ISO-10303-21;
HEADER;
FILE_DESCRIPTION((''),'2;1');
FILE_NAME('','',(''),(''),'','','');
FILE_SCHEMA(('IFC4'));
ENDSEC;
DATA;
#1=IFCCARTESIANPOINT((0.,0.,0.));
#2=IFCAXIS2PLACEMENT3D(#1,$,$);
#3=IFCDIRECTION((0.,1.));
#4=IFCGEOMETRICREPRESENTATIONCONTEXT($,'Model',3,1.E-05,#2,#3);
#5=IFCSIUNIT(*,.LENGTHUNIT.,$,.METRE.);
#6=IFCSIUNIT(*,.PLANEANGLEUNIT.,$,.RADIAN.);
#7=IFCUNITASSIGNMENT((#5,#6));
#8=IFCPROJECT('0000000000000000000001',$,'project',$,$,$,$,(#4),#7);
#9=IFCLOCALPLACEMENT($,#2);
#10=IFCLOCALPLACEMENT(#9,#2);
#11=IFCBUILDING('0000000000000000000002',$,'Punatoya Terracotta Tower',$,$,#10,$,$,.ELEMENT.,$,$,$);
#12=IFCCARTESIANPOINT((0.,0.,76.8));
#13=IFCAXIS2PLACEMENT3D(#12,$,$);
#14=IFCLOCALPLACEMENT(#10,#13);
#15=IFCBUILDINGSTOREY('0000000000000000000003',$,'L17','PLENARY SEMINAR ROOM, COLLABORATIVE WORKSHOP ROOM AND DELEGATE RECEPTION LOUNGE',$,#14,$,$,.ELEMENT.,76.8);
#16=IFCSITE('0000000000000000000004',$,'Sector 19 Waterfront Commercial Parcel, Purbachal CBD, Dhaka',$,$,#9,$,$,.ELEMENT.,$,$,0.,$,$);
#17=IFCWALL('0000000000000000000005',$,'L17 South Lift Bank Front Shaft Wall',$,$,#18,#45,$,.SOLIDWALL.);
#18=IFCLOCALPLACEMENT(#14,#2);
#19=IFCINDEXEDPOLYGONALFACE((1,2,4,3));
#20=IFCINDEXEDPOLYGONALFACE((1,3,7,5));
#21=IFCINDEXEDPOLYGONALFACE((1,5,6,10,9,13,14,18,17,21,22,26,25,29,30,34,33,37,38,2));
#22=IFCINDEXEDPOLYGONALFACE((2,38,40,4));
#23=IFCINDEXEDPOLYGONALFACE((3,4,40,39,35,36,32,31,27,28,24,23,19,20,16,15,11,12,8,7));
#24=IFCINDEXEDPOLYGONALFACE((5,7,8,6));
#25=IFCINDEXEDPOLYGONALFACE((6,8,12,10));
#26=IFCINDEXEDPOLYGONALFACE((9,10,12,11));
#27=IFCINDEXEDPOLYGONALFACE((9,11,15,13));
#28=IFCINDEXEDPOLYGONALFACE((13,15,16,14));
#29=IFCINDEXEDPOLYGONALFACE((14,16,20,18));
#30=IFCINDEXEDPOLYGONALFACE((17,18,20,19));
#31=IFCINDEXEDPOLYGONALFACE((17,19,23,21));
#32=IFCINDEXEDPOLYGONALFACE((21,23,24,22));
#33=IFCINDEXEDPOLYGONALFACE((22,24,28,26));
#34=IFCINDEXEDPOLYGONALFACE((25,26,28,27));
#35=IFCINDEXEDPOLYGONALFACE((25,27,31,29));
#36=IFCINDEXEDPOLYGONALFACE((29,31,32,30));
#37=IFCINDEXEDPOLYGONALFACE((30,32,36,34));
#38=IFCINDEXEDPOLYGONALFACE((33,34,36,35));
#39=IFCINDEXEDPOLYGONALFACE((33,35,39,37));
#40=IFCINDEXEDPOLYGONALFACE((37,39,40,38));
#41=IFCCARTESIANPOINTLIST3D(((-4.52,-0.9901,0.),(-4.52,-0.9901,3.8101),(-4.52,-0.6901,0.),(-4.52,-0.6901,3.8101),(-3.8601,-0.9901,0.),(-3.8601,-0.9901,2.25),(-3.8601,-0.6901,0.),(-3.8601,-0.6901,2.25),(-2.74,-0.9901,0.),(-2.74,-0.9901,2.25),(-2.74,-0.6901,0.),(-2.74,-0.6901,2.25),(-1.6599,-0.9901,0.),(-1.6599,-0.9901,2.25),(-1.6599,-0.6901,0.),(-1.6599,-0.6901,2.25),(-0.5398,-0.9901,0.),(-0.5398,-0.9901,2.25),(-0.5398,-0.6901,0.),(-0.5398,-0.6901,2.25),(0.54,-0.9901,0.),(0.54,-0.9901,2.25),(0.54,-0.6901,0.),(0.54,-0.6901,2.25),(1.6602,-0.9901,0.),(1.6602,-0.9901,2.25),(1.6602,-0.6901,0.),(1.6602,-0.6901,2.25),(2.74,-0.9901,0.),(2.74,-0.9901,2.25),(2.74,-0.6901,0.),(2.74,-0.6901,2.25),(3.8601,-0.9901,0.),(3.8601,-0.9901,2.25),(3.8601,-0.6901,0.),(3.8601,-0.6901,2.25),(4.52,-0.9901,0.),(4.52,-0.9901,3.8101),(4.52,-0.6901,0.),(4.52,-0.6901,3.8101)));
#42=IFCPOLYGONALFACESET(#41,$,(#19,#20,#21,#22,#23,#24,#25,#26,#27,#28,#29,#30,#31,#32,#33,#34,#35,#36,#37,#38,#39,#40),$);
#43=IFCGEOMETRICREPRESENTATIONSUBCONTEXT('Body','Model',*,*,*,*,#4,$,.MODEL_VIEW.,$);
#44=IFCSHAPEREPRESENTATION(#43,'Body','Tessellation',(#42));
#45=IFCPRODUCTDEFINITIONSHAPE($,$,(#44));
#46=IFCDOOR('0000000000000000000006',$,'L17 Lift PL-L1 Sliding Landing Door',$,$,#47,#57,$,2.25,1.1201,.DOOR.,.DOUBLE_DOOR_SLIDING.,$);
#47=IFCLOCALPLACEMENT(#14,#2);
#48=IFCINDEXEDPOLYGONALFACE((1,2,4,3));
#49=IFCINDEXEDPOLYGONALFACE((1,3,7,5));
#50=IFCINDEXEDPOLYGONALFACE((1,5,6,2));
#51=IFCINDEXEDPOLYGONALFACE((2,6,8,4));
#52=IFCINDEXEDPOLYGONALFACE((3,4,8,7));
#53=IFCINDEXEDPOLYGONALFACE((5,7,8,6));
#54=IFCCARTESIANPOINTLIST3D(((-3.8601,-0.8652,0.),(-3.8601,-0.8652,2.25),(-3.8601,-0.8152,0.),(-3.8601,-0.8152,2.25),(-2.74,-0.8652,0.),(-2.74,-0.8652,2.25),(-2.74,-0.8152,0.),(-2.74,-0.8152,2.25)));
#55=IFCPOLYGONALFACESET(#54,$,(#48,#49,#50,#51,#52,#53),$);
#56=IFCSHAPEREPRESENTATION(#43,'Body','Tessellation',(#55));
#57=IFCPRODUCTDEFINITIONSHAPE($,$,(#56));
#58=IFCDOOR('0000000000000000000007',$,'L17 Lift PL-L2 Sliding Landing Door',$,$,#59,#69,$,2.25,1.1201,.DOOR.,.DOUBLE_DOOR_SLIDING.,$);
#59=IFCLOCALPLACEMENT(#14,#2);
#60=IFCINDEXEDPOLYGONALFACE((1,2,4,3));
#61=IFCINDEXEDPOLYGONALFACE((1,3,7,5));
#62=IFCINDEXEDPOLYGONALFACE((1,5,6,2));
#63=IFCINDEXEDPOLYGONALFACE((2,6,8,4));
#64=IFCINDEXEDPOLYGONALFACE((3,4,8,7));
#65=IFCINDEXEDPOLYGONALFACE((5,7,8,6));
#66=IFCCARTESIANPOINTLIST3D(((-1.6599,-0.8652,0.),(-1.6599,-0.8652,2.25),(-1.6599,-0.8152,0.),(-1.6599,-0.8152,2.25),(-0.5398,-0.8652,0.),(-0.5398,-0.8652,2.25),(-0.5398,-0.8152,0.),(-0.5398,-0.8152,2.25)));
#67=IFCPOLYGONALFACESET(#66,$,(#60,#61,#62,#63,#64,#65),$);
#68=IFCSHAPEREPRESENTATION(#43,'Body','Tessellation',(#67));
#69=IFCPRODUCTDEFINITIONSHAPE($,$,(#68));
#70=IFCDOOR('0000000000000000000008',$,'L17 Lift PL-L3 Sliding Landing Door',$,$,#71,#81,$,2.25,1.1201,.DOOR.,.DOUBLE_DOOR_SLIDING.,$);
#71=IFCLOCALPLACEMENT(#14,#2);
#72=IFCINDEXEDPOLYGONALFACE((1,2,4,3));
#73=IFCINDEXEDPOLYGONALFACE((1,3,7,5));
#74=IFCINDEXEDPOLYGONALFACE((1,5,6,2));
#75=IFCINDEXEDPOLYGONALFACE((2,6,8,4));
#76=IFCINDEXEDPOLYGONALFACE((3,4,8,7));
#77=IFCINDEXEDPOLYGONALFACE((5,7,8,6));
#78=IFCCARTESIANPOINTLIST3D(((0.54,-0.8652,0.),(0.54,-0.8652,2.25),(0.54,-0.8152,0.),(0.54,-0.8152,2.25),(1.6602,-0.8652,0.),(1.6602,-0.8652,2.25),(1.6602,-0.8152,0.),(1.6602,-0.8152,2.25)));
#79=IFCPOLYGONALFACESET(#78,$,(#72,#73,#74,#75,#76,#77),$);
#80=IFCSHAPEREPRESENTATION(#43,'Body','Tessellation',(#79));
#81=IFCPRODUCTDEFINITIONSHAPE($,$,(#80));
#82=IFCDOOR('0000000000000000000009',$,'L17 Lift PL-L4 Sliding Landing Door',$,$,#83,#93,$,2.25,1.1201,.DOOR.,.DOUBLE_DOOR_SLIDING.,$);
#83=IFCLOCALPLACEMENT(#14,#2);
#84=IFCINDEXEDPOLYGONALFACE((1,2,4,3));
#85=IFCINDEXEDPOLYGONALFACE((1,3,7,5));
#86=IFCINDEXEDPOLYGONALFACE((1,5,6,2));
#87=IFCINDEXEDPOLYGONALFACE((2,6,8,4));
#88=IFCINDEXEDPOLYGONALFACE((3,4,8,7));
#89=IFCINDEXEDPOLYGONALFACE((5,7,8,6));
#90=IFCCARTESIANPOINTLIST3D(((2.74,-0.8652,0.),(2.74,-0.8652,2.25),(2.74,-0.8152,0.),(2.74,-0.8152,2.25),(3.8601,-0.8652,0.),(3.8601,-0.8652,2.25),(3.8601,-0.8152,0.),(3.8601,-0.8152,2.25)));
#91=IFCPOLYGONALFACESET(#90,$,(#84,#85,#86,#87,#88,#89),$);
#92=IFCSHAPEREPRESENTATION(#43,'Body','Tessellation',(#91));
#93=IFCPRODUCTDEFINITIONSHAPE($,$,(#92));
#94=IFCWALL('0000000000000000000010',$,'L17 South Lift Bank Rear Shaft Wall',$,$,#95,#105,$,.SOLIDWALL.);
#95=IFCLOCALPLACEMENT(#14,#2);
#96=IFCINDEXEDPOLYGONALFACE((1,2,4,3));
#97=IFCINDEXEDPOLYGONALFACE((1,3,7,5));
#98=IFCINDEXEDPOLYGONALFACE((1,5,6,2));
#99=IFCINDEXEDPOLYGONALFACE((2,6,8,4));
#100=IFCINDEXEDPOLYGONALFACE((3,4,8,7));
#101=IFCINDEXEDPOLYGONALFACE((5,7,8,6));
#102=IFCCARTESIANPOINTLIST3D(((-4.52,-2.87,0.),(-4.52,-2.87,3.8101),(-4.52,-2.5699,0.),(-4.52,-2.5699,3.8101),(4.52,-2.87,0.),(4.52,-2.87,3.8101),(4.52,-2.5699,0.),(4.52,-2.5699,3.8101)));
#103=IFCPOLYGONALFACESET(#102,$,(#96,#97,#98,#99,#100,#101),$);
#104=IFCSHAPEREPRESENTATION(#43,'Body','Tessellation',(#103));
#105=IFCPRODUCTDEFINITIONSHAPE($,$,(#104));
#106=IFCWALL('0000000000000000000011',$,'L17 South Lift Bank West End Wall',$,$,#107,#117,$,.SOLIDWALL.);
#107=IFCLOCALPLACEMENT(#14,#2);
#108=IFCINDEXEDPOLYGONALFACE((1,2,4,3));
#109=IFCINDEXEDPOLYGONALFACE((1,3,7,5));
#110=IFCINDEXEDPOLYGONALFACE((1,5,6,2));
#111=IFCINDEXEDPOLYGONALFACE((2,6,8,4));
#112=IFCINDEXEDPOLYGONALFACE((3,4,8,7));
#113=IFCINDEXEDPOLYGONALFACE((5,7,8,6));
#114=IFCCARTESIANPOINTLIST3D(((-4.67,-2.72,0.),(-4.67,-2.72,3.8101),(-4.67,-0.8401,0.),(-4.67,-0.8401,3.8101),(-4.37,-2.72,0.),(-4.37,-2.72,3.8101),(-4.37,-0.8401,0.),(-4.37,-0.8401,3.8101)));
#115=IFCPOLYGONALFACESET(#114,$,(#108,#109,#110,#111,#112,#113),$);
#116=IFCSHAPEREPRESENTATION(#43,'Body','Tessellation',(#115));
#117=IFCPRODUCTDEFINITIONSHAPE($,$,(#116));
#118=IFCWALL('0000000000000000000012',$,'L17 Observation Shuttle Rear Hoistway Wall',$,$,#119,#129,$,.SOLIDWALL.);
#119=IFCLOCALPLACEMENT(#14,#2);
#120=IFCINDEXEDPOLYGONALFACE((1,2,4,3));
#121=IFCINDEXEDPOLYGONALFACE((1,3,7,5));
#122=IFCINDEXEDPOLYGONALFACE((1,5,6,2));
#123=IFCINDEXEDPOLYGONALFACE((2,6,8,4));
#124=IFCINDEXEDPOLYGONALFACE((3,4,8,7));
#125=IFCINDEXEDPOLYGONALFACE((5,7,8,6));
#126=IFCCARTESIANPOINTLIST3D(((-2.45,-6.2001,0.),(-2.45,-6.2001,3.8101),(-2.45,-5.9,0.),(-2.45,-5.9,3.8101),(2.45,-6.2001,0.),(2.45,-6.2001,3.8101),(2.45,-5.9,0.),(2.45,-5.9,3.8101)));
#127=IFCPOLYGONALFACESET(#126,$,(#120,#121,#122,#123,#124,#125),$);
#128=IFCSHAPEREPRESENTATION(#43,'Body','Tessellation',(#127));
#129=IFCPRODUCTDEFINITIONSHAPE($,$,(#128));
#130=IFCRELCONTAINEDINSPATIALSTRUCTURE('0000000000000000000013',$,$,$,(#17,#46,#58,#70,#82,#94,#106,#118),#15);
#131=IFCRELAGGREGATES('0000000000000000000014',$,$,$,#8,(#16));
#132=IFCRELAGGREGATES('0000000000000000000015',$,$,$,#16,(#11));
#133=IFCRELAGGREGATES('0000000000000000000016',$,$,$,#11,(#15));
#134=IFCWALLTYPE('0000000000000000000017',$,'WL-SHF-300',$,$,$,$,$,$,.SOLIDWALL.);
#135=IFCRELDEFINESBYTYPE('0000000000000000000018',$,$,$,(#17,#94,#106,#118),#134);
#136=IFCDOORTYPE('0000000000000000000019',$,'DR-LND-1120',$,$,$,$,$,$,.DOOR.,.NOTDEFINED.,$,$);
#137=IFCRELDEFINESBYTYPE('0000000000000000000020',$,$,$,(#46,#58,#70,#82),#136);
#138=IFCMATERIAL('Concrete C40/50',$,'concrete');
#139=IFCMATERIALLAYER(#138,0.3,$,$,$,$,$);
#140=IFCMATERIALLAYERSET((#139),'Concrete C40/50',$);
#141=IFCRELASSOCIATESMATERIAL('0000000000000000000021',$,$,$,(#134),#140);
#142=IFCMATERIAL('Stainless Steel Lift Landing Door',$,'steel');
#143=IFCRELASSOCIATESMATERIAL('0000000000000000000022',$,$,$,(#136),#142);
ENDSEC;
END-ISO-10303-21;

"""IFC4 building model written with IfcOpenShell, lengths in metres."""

from ifc_helpers import new_model, si_unit, direction, frame, frame_2d, origin, place, context, subcontext, project, spatial, rectangle, extrude, material, layer, layer_set, type_object, element, fill, save


model = new_model("IFC4")

# Units and contexts
model_context = context("Model", 3, precision=1e-05, world=origin(), true_north=direction((0.0, 1.0)))
body_context = subcontext(model_context, "Body", "Model", "MODEL_VIEW")
ifc_project = project(units=[si_unit("LENGTHUNIT", "METRE"), si_unit("PLANEANGLEUNIT", "RADIAN")], contexts=[model_context])

# Site, building, storey
site_placement = place(None, origin())
site = spatial("IfcSite", under=ifc_project, at=site_placement, Name="Sector 19 Waterfront Commercial Parcel, Purbachal CBD, Dhaka", CompositionType="ELEMENT", RefElevation=0.0)
building_placement = place(site_placement, origin())
building = spatial("IfcBuilding", under=site, at=building_placement, Name="Punatoya Terracotta Tower", CompositionType="ELEMENT")
storey_placement = place(building_placement, frame((0.0, 0.0, 76.8)))
storey = spatial("IfcBuildingStorey", under=building, at=storey_placement, Name="L17", Description="PLENARY SEMINAR ROOM, COLLABORATIVE WORKSHOP ROOM AND DELEGATE RECEPTION LOUNGE", CompositionType="ELEMENT", Elevation=76.8)

# Shared definitions
ifc_material_1 = material(Name="Concrete C40/50", Category="concrete")
ifc_layer_1 = layer(ifc_material_1, 0.3)
ifc_layer_set_1 = layer_set([ifc_layer_1], Name="Concrete C40/50")
wall_type_1 = type_object("IfcWallType", Name="WL-SHF-300", PredefinedType="SOLIDWALL", material=ifc_layer_set_1)
ifc_material_2 = material(Name="Stainless Steel Lift Landing Door", Category="steel")
door_type_1 = type_object("IfcDoorType", Name="DR-LND-1120", OperationType="NOTDEFINED", PredefinedType="DOOR", material=ifc_material_2)

# Wall, openings, doors
wall_1_placement = place(storey_placement, frame((-4.52, -0.8401, 0.0), z_axis=(0.0, 0.0, 1.0), x_axis=(1.0, 0.0, 0.0)))
wall_1 = element("IfcWall", 1, at=wall_1_placement, inside=storey, type_object=wall_type_1, Name="L17 South Lift Bank Front Shaft Wall", PredefinedType="SOLIDWALL", context=body_context, shape_type="SweptSolid", body=[
    extrude(rectangle(XDim=9.04, YDim=0.3, at=frame_2d((4.52, 0.0))), origin(), (0.0, 0.0, 1.0), 3.8101),
])
opening_1_placement = place(wall_1_placement, frame((0.6599, 0.0, 0.0)))
opening_1 = element("IfcOpeningElement", 2, at=opening_1_placement, cuts=wall_1, PredefinedType="OPENING", context=body_context, shape_type="SweptSolid", body=[
    extrude(rectangle(XDim=1.1201, YDim=2.25, at=frame_2d((0.5601, 1.125))), frame((0.0, 0.1599, 0.0), z_axis=(0.0, -1.0, 0.0), x_axis=(1.0, 0.0, 0.0)), (0.0, 0.0, 1.0), 0.3201),
])
opening_2_placement = place(wall_1_placement, frame((2.8601, 0.0, 0.0)))
opening_2 = element("IfcOpeningElement", 3, at=opening_2_placement, cuts=wall_1, PredefinedType="OPENING", context=body_context, shape_type="SweptSolid", body=[
    extrude(rectangle(XDim=1.1201, YDim=2.25, at=frame_2d((0.5601, 1.125))), frame((0.0, 0.1599, 0.0), z_axis=(0.0, -1.0, 0.0), x_axis=(1.0, 0.0, 0.0)), (0.0, 0.0, 1.0), 0.3201),
])
opening_3_placement = place(wall_1_placement, frame((5.0601, 0.0, 0.0)))
opening_3 = element("IfcOpeningElement", 4, at=opening_3_placement, cuts=wall_1, PredefinedType="OPENING", context=body_context, shape_type="SweptSolid", body=[
    extrude(rectangle(XDim=1.1201, YDim=2.25, at=frame_2d((0.5601, 1.125))), frame((0.0, 0.1599, 0.0), z_axis=(0.0, -1.0, 0.0), x_axis=(1.0, 0.0, 0.0)), (0.0, 0.0, 1.0), 0.3201),
])
opening_4_placement = place(wall_1_placement, frame((7.26, 0.0, 0.0)))
opening_4 = element("IfcOpeningElement", 5, at=opening_4_placement, cuts=wall_1, PredefinedType="OPENING", context=body_context, shape_type="SweptSolid", body=[
    extrude(rectangle(XDim=1.1201, YDim=2.25, at=frame_2d((0.5601, 1.125))), frame((0.0, 0.1599, 0.0), z_axis=(0.0, -1.0, 0.0), x_axis=(1.0, 0.0, 0.0)), (0.0, 0.0, 1.0), 0.3201),
])
door_1_placement = place(opening_1_placement, origin())
door_1 = element("IfcDoor", 6, at=door_1_placement, inside=storey, type_object=door_type_1, Name="L17 Lift PL-L1 Sliding Landing Door", OperationType="DOUBLE_DOOR_SLIDING", OverallHeight=2.25, OverallWidth=1.1201, PredefinedType="DOOR", context=body_context, shape_type="SweptSolid", body=[
    extrude(rectangle(XDim=1.1201, YDim=2.25, at=frame_2d((0.5601, 1.125))), frame((0.0, 0.0249, 0.0), z_axis=(0.0, -1.0, 0.0), x_axis=(1.0, 0.0, 0.0)), (0.0, 0.0, 1.0), 0.05),
])
fill(opening_1, door_1)
door_2_placement = place(opening_2_placement, origin())
door_2 = element("IfcDoor", 7, at=door_2_placement, inside=storey, type_object=door_type_1, Name="L17 Lift PL-L2 Sliding Landing Door", OperationType="DOUBLE_DOOR_SLIDING", OverallHeight=2.25, OverallWidth=1.1201, PredefinedType="DOOR", context=body_context, shape_type="SweptSolid", body=[
    extrude(rectangle(XDim=1.1201, YDim=2.25, at=frame_2d((0.5601, 1.125))), frame((0.0, 0.0249, 0.0), z_axis=(0.0, -1.0, 0.0), x_axis=(1.0, 0.0, 0.0)), (0.0, 0.0, 1.0), 0.05),
])
fill(opening_2, door_2)
door_3_placement = place(opening_3_placement, origin())
door_3 = element("IfcDoor", 8, at=door_3_placement, inside=storey, type_object=door_type_1, Name="L17 Lift PL-L3 Sliding Landing Door", OperationType="DOUBLE_DOOR_SLIDING", OverallHeight=2.25, OverallWidth=1.1201, PredefinedType="DOOR", context=body_context, shape_type="SweptSolid", body=[
    extrude(rectangle(XDim=1.1201, YDim=2.25, at=frame_2d((0.5601, 1.125))), frame((0.0, 0.0249, 0.0), z_axis=(0.0, -1.0, 0.0), x_axis=(1.0, 0.0, 0.0)), (0.0, 0.0, 1.0), 0.05),
])
fill(opening_3, door_3)
door_4_placement = place(opening_4_placement, origin())
door_4 = element("IfcDoor", 9, at=door_4_placement, inside=storey, type_object=door_type_1, Name="L17 Lift PL-L4 Sliding Landing Door", OperationType="DOUBLE_DOOR_SLIDING", OverallHeight=2.25, OverallWidth=1.1201, PredefinedType="DOOR", context=body_context, shape_type="SweptSolid", body=[
    extrude(rectangle(XDim=1.1201, YDim=2.25, at=frame_2d((0.5601, 1.125))), frame((0.0, 0.0249, 0.0), z_axis=(0.0, -1.0, 0.0), x_axis=(1.0, 0.0, 0.0)), (0.0, 0.0, 1.0), 0.05),
])
fill(opening_4, door_4)

# Walls
wall_2_placement = place(storey_placement, frame((-4.52, -2.72, 0.0), z_axis=(0.0, 0.0, 1.0), x_axis=(1.0, 0.0, 0.0)))
element("IfcWall", 10, at=wall_2_placement, inside=storey, type_object=wall_type_1, Name="L17 South Lift Bank Rear Shaft Wall", PredefinedType="SOLIDWALL", context=body_context, shape_type="SweptSolid", body=[
    extrude(rectangle(XDim=9.04, YDim=0.3, at=frame_2d((4.52, 0.0))), origin(), (0.0, 0.0, 1.0), 3.8101),
])
wall_3_placement = place(storey_placement, frame((-4.52, -2.72, 0.0), z_axis=(0.0, 0.0, 1.0), x_axis=(0.0, 1.0, 0.0)))
element("IfcWall", 11, at=wall_3_placement, inside=storey, type_object=wall_type_1, Name="L17 South Lift Bank West End Wall", PredefinedType="SOLIDWALL", context=body_context, shape_type="SweptSolid", body=[
    extrude(rectangle(XDim=1.8799, YDim=0.3, at=frame_2d((0.9399, 0.0))), origin(), (0.0, 0.0, 1.0), 3.8101),
])
wall_4_placement = place(storey_placement, frame((-2.45, -6.05, 0.0), z_axis=(0.0, 0.0, 1.0), x_axis=(1.0, 0.0, 0.0)))
element("IfcWall", 12, at=wall_4_placement, inside=storey, type_object=wall_type_1, Name="L17 Observation Shuttle Rear Hoistway Wall", PredefinedType="SOLIDWALL", context=body_context, shape_type="SweptSolid", body=[
    extrude(rectangle(XDim=4.8999, YDim=0.3, at=frame_2d((2.45, 0.0))), origin(), (0.0, 0.0, 1.0), 3.8101),
])

save(model, "model.ifc")
